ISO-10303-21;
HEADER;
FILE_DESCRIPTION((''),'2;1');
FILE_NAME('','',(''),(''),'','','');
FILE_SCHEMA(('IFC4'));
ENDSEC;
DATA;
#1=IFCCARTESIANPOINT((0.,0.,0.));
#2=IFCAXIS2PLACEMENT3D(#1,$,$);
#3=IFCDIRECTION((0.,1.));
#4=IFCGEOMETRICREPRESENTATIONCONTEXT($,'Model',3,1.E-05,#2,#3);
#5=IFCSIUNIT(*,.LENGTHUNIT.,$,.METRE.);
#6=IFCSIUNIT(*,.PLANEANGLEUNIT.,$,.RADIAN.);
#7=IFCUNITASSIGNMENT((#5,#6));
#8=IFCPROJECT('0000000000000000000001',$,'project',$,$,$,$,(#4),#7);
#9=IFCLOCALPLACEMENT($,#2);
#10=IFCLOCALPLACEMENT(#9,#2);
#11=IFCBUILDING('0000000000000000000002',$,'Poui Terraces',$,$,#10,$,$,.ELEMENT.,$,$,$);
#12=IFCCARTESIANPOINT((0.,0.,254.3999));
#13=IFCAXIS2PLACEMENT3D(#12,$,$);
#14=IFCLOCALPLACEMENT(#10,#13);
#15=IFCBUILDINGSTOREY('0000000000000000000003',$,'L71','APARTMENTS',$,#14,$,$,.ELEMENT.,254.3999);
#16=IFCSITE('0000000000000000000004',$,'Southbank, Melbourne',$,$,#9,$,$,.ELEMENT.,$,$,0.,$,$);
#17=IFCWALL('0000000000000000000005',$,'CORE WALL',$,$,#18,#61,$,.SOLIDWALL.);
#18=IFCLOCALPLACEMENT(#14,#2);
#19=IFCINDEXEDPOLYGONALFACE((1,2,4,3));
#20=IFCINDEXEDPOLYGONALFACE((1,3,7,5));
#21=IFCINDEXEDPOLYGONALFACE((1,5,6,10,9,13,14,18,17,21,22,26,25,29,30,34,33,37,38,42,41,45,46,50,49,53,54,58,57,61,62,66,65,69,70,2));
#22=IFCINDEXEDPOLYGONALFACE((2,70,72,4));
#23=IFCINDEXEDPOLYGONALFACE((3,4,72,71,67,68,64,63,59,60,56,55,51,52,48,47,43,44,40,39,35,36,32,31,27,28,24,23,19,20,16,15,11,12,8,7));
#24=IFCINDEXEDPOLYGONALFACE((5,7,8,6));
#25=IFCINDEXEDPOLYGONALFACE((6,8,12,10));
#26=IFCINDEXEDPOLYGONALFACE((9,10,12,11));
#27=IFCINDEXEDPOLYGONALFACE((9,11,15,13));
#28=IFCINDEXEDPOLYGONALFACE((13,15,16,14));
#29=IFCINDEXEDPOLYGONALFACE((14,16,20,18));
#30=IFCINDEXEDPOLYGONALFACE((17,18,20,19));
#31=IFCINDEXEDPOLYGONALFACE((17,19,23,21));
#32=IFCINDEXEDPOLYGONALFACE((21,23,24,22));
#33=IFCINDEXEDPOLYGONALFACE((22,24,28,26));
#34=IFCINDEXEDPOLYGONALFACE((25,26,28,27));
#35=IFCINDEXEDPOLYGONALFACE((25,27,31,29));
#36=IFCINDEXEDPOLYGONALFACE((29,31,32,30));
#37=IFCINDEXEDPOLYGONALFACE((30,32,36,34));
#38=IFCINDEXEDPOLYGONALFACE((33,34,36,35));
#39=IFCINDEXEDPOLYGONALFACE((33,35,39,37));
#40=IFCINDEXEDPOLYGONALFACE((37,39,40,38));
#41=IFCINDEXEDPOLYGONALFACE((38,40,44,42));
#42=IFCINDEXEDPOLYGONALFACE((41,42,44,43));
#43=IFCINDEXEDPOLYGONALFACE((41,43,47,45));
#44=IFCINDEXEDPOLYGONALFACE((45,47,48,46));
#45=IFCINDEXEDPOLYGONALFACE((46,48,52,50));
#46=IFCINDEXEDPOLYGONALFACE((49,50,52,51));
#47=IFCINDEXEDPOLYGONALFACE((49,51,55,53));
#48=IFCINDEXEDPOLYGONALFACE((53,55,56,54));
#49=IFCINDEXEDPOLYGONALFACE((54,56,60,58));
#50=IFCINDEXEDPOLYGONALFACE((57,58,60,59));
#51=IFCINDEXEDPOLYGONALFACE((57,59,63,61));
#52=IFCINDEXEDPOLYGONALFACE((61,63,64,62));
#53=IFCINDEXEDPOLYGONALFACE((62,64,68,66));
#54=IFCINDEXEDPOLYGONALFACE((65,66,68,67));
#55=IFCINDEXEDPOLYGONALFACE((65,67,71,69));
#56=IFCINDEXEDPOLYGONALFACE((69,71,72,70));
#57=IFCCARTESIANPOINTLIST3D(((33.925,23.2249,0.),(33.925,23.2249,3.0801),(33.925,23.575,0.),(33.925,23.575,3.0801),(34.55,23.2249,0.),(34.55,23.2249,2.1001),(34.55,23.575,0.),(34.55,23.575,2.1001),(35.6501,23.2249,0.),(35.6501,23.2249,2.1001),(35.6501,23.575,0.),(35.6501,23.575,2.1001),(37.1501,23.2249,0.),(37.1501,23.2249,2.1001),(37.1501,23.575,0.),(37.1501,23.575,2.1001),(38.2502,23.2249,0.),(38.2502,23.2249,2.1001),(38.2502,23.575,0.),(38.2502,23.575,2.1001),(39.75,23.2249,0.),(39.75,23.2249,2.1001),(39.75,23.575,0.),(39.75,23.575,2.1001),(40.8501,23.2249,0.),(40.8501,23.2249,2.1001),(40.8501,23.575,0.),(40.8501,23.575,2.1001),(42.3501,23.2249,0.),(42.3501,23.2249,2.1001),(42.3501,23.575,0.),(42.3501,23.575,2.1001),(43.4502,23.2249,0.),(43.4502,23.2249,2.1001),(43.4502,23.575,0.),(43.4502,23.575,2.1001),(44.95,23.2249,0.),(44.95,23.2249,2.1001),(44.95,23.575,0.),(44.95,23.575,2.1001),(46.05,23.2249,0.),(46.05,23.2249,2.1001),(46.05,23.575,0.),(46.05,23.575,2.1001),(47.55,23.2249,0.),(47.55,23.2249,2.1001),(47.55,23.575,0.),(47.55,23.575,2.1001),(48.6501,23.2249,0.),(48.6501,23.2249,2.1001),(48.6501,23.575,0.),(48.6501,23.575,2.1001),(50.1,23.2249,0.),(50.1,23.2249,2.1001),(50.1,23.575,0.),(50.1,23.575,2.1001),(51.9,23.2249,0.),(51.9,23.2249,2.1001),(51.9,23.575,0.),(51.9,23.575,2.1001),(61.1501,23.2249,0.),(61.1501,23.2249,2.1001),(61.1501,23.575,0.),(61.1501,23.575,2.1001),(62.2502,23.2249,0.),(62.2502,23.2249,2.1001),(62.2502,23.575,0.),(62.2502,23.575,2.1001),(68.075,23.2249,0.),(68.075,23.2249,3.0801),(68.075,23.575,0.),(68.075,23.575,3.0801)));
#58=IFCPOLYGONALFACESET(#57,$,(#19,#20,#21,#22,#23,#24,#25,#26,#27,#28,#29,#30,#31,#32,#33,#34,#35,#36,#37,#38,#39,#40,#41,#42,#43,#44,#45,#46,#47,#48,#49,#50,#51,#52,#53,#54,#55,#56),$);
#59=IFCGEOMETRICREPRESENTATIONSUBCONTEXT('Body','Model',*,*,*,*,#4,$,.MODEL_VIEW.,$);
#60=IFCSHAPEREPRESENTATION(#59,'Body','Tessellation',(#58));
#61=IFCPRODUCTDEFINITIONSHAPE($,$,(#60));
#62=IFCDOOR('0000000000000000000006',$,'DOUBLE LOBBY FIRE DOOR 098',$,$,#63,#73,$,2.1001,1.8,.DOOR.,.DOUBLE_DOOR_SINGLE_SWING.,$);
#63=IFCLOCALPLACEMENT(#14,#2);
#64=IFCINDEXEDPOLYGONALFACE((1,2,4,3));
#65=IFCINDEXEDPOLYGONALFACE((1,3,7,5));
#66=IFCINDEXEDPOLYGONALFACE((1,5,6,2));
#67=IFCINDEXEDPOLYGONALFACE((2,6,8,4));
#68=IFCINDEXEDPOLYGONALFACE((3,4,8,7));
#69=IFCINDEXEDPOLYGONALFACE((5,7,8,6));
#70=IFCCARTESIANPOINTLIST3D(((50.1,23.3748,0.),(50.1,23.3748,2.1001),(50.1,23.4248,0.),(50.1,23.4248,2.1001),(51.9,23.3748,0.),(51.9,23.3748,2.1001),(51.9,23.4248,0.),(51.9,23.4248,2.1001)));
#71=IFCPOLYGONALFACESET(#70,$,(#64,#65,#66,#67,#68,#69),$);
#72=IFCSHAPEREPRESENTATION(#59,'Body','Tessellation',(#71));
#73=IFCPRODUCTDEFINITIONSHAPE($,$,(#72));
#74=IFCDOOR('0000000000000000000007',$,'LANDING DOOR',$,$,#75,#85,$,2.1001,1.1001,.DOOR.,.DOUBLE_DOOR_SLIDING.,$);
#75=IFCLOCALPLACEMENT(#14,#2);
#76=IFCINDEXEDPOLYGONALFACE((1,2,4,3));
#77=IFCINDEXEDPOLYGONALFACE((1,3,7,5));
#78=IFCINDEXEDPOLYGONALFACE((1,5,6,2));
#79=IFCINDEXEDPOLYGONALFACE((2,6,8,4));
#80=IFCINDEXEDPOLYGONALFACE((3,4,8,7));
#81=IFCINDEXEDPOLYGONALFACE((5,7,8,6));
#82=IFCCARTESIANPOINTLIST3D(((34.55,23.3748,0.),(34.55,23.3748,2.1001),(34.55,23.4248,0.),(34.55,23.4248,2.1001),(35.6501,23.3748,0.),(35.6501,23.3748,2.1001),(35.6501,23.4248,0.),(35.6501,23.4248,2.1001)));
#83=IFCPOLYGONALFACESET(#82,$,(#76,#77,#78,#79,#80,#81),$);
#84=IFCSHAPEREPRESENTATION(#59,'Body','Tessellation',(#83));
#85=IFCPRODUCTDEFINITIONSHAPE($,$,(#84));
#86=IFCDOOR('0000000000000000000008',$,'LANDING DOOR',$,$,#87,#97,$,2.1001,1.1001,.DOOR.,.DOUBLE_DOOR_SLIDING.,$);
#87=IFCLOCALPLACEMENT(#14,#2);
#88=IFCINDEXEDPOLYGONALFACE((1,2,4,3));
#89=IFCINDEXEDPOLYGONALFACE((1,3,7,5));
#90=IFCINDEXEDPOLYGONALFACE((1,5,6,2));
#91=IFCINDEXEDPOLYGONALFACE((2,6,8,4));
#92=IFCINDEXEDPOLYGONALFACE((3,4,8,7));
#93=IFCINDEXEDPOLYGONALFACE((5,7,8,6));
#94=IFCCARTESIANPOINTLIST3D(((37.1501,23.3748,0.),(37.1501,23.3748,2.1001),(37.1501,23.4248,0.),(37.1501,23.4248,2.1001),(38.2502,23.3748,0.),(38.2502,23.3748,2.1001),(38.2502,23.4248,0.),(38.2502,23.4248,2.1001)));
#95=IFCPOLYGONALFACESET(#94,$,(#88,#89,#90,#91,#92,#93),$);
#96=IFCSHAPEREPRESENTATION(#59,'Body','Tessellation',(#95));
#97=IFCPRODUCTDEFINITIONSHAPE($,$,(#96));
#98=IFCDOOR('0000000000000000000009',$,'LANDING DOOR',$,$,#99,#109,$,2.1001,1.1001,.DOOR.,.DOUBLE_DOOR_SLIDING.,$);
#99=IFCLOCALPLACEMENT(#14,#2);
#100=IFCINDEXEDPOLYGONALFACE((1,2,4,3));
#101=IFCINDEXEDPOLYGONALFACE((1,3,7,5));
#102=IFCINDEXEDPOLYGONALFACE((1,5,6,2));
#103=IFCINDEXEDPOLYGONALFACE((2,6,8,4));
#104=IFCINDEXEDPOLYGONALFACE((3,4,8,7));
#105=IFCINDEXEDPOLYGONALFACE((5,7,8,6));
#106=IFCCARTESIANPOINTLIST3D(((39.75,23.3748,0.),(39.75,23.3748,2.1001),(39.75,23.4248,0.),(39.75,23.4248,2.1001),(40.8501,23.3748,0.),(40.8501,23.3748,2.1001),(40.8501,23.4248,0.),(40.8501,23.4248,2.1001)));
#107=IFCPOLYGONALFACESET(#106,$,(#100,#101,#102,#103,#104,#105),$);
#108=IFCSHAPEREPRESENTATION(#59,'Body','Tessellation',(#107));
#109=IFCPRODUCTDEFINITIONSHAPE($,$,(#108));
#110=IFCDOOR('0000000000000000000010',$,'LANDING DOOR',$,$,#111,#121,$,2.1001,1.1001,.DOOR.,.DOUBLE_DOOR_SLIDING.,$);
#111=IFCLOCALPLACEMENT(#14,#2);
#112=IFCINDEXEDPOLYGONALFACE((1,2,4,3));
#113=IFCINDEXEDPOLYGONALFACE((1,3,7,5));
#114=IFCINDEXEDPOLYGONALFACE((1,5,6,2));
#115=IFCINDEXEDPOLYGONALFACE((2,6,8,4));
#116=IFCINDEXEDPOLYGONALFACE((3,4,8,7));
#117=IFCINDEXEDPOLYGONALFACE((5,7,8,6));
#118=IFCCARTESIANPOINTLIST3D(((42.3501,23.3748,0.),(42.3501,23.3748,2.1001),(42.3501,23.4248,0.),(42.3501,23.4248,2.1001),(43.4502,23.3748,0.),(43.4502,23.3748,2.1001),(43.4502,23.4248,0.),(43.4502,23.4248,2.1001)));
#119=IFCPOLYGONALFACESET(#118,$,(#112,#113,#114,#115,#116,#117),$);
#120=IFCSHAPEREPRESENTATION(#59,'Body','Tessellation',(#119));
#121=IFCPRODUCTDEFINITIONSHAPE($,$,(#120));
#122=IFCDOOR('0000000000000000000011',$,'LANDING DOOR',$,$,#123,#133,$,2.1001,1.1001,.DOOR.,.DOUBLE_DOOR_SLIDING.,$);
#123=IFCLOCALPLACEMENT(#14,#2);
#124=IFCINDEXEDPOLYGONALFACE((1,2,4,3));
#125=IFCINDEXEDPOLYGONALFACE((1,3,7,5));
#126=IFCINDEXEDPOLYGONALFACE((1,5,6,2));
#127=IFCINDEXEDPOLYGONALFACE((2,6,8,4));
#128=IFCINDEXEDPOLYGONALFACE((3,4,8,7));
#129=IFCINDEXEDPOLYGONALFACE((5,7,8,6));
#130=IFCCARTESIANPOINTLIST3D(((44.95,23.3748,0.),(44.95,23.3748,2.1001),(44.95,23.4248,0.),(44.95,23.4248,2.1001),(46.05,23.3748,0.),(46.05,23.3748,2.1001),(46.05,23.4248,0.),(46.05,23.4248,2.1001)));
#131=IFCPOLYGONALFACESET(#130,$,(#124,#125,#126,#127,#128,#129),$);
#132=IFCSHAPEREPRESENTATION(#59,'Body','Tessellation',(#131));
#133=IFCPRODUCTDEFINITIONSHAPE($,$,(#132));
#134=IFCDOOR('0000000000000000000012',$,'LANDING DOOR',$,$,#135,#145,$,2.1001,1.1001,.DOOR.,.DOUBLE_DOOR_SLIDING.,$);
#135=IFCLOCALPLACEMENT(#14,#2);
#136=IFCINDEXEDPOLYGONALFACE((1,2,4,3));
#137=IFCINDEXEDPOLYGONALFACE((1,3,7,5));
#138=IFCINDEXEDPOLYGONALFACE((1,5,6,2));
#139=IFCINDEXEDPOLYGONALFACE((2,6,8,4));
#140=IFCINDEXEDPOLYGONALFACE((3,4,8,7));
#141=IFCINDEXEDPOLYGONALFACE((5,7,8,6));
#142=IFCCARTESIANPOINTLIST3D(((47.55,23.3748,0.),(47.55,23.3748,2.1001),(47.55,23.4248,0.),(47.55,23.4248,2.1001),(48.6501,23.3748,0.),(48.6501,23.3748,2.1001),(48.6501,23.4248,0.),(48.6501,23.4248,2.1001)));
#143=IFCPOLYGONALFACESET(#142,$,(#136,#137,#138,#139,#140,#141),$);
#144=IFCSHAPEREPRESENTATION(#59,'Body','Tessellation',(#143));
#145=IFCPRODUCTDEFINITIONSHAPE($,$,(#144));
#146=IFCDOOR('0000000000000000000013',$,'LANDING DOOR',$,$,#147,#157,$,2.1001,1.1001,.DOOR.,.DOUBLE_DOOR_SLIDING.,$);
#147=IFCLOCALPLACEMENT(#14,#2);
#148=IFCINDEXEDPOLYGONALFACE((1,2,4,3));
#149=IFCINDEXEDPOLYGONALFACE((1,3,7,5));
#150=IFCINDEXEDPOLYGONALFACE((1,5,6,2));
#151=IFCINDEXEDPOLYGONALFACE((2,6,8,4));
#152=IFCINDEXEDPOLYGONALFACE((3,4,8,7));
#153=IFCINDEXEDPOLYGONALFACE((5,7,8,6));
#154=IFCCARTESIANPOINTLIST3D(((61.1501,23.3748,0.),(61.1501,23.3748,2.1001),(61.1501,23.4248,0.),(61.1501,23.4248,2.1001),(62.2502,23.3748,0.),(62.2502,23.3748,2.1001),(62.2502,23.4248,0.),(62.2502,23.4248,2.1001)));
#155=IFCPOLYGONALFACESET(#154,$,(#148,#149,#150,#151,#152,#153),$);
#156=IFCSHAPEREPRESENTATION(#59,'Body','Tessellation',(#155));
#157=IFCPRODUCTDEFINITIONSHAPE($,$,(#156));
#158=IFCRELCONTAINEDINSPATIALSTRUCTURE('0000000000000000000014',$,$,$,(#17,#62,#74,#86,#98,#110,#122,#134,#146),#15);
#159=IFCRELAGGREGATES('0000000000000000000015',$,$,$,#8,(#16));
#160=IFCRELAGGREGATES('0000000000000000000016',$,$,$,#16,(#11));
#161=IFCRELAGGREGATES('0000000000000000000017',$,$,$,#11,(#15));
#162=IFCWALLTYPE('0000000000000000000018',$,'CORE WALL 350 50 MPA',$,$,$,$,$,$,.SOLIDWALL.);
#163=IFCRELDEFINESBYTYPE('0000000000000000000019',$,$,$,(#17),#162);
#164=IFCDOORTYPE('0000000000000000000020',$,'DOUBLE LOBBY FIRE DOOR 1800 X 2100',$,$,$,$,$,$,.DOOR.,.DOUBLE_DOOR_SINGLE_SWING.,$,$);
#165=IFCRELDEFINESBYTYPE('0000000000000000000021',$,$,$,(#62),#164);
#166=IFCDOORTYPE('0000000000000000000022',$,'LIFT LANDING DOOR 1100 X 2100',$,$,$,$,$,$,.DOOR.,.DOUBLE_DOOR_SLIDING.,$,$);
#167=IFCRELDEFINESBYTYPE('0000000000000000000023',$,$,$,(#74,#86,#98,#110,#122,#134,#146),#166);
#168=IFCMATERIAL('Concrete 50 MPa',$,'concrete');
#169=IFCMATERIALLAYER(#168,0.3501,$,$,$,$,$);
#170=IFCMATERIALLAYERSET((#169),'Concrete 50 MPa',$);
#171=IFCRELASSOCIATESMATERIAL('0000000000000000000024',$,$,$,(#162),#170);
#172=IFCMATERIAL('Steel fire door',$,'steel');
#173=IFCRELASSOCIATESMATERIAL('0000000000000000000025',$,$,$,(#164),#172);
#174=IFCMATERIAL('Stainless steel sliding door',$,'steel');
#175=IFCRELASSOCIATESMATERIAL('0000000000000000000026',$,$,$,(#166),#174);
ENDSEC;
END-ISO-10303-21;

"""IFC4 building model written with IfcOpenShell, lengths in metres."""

from ifc_helpers import new_model, si_unit, direction, frame, frame_2d, origin, place, context, subcontext, project, spatial, rectangle, extrude, material, layer, layer_set, type_object, element, fill, save


model = new_model("IFC4")

# Units and contexts
model_context = context("Model", 3, precision=1e-05, world=origin(), true_north=direction((0.0, 1.0)))
body_context = subcontext(model_context, "Body", "Model", "MODEL_VIEW")
ifc_project = project(units=[si_unit("LENGTHUNIT", "METRE"), si_unit("PLANEANGLEUNIT", "RADIAN")], contexts=[model_context])

# Site, building, storey
site_placement = place(None, origin())
site = spatial("IfcSite", under=ifc_project, at=site_placement, Name="Southbank, Melbourne", CompositionType="ELEMENT", RefElevation=0.0)
building_placement = place(site_placement, origin())
building = spatial("IfcBuilding", under=site, at=building_placement, Name="Poui Terraces", CompositionType="ELEMENT")
storey_placement = place(building_placement, frame((0.0, 0.0, 254.3999)))
storey = spatial("IfcBuildingStorey", under=building, at=storey_placement, Name="L71", Description="APARTMENTS", CompositionType="ELEMENT", Elevation=254.3999)

# Shared definitions
ifc_material_1 = material(Name="Concrete 50 MPa", Category="concrete")

# Wall, openings, doors
ifc_layer_1 = layer(ifc_material_1, 0.3501)
ifc_layer_set_1 = layer_set([ifc_layer_1], Name="Concrete 50 MPa")
wall_type_1 = type_object("IfcWallType", Name="CORE WALL 350 50 MPA", PredefinedType="SOLIDWALL", material=ifc_layer_set_1)
wall_1_placement = place(storey_placement, frame((33.925, 23.3999, 0.0), z_axis=(0.0, 0.0, 1.0), x_axis=(1.0, 0.0, 0.0)))
wall_1 = element("IfcWall", 1, at=wall_1_placement, inside=storey, type_object=wall_type_1, Name="CORE WALL", PredefinedType="SOLIDWALL", context=body_context, shape_type="SweptSolid", body=[
    extrude(rectangle(XDim=34.1499, YDim=0.3501, at=frame_2d((17.075, 0.0))), origin(), (0.0, 0.0, 1.0), 3.0801),
])
opening_1_placement = place(wall_1_placement, frame((16.175, 0.0, 0.0)))
opening_1 = element("IfcOpeningElement", 2, at=opening_1_placement, cuts=wall_1, PredefinedType="OPENING", context=body_context, shape_type="SweptSolid", body=[
    extrude(rectangle(XDim=1.8, YDim=2.1001, at=frame_2d((0.8999, 1.05))), frame((0.0, 0.1851, 0.0), z_axis=(0.0, -1.0, 0.0), x_axis=(1.0, 0.0, 0.0)), (0.0, 0.0, 1.0), 0.3701),
])
opening_2_placement = place(wall_1_placement, frame((0.625, 0.0, 0.0)))
opening_2 = element("IfcOpeningElement", 3, at=opening_2_placement, cuts=wall_1, PredefinedType="OPENING", context=body_context, shape_type="SweptSolid", body=[
    extrude(rectangle(XDim=1.1001, YDim=2.1001, at=frame_2d((0.55, 1.05))), frame((0.0, 0.1851, 0.0), z_axis=(0.0, -1.0, 0.0), x_axis=(1.0, 0.0, 0.0)), (0.0, 0.0, 1.0), 0.3701),
])
opening_3_placement = place(wall_1_placement, frame((3.2251, 0.0, 0.0)))
opening_3 = element("IfcOpeningElement", 4, at=opening_3_placement, cuts=wall_1, PredefinedType="OPENING", context=body_context, shape_type="SweptSolid", body=[
    extrude(rectangle(XDim=1.1001, YDim=2.1001, at=frame_2d((0.55, 1.05))), frame((0.0, 0.1851, 0.0), z_axis=(0.0, -1.0, 0.0), x_axis=(1.0, 0.0, 0.0)), (0.0, 0.0, 1.0), 0.3701),
])
opening_4_placement = place(wall_1_placement, frame((5.825, 0.0, 0.0)))
opening_4 = element("IfcOpeningElement", 5, at=opening_4_placement, cuts=wall_1, PredefinedType="OPENING", context=body_context, shape_type="SweptSolid", body=[
    extrude(rectangle(XDim=1.1001, YDim=2.1001, at=frame_2d((0.55, 1.05))), frame((0.0, 0.1851, 0.0), z_axis=(0.0, -1.0, 0.0), x_axis=(1.0, 0.0, 0.0)), (0.0, 0.0, 1.0), 0.3701),
])
opening_5_placement = place(wall_1_placement, frame((8.425, 0.0, 0.0)))
opening_5 = element("IfcOpeningElement", 6, at=opening_5_placement, cuts=wall_1, PredefinedType="OPENING", context=body_context, shape_type="SweptSolid", body=[
    extrude(rectangle(XDim=1.1001, YDim=2.1001, at=frame_2d((0.55, 1.05))), frame((0.0, 0.1851, 0.0), z_axis=(0.0, -1.0, 0.0), x_axis=(1.0, 0.0, 0.0)), (0.0, 0.0, 1.0), 0.3701),
])
opening_6_placement = place(wall_1_placement, frame((11.0249, 0.0, 0.0)))
opening_6 = element("IfcOpeningElement", 7, at=opening_6_placement, cuts=wall_1, PredefinedType="OPENING", context=body_context, shape_type="SweptSolid", body=[
    extrude(rectangle(XDim=1.1001, YDim=2.1001, at=frame_2d((0.55, 1.05))), frame((0.0, 0.1851, 0.0), z_axis=(0.0, -1.0, 0.0), x_axis=(1.0, 0.0, 0.0)), (0.0, 0.0, 1.0), 0.3701),
])
opening_7_placement = place(wall_1_placement, frame((13.625, 0.0, 0.0)))
opening_7 = element("IfcOpeningElement", 8, at=opening_7_placement, cuts=wall_1, PredefinedType="OPENING", context=body_context, shape_type="SweptSolid", body=[
    extrude(rectangle(XDim=1.1001, YDim=2.1001, at=frame_2d((0.55, 1.05))), frame((0.0, 0.1851, 0.0), z_axis=(0.0, -1.0, 0.0), x_axis=(1.0, 0.0, 0.0)), (0.0, 0.0, 1.0), 0.3701),
])
opening_8_placement = place(wall_1_placement, frame((27.2251, 0.0, 0.0)))
opening_8 = element("IfcOpeningElement", 9, at=opening_8_placement, cuts=wall_1, PredefinedType="OPENING", context=body_context, shape_type="SweptSolid", body=[
    extrude(rectangle(XDim=1.1001, YDim=2.1001, at=frame_2d((0.55, 1.05))), frame((0.0, 0.1851, 0.0), z_axis=(0.0, -1.0, 0.0), x_axis=(1.0, 0.0, 0.0)), (0.0, 0.0, 1.0), 0.3701),
])
ifc_material_2 = material(Name="Steel fire door", Category="steel")
door_type_1 = type_object("IfcDoorType", Name="DOUBLE LOBBY FIRE DOOR 1800 X 2100", OperationType="DOUBLE_DOOR_SINGLE_SWING", PredefinedType="DOOR", material=ifc_material_2)
door_1_placement = place(opening_1_placement, origin())
door_1 = element("IfcDoor", 10, at=door_1_placement, inside=storey, type_object=door_type_1, Name="DOUBLE LOBBY FIRE DOOR 098", OperationType="DOUBLE_DOOR_SINGLE_SWING", OverallHeight=2.1001, OverallWidth=1.8, PredefinedType="DOOR", context=body_context, shape_type="SweptSolid", body=[
    extrude(rectangle(XDim=1.8, YDim=2.1001, at=frame_2d((0.8999, 1.05))), frame((0.0, 0.0249, 0.0), z_axis=(0.0, -1.0, 0.0), x_axis=(1.0, 0.0, 0.0)), (0.0, 0.0, 1.0), 0.05),
])
fill(opening_1, door_1)
ifc_material_3 = material(Name="Stainless steel sliding door", Category="steel")
door_type_2 = type_object("IfcDoorType", Name="LIFT LANDING DOOR 1100 X 2100", OperationType="DOUBLE_DOOR_SLIDING", PredefinedType="DOOR", material=ifc_material_3)
door_2_placement = place(opening_2_placement, origin())
door_2 = element("IfcDoor", 11, at=door_2_placement, inside=storey, type_object=door_type_2, Name="LANDING DOOR", OperationType="DOUBLE_DOOR_SLIDING", OverallHeight=2.1001, OverallWidth=1.1001, PredefinedType="DOOR", context=body_context, shape_type="SweptSolid", body=[
    extrude(rectangle(XDim=1.1001, YDim=2.1001, at=frame_2d((0.55, 1.05))), frame((0.0, 0.0249, 0.0), z_axis=(0.0, -1.0, 0.0), x_axis=(1.0, 0.0, 0.0)), (0.0, 0.0, 1.0), 0.05),
])
fill(opening_2, door_2)
door_3_placement = place(opening_3_placement, origin())
door_3 = element("IfcDoor", 12, at=door_3_placement, inside=storey, type_object=door_type_2, Name="LANDING DOOR", OperationType="DOUBLE_DOOR_SLIDING", OverallHeight=2.1001, OverallWidth=1.1001, PredefinedType="DOOR", context=body_context, shape_type="SweptSolid", body=[
    extrude(rectangle(XDim=1.1001, YDim=2.1001, at=frame_2d((0.55, 1.05))), frame((0.0, 0.0249, 0.0), z_axis=(0.0, -1.0, 0.0), x_axis=(1.0, 0.0, 0.0)), (0.0, 0.0, 1.0), 0.05),
])
fill(opening_3, door_3)
door_4_placement = place(opening_4_placement, origin())
door_4 = element("IfcDoor", 13, at=door_4_placement, inside=storey, type_object=door_type_2, Name="LANDING DOOR", OperationType="DOUBLE_DOOR_SLIDING", OverallHeight=2.1001, OverallWidth=1.1001, PredefinedType="DOOR", context=body_context, shape_type="SweptSolid", body=[
    extrude(rectangle(XDim=1.1001, YDim=2.1001, at=frame_2d((0.55, 1.05))), frame((0.0, 0.0249, 0.0), z_axis=(0.0, -1.0, 0.0), x_axis=(1.0, 0.0, 0.0)), (0.0, 0.0, 1.0), 0.05),
])
fill(opening_4, door_4)
door_5_placement = place(opening_5_placement, origin())
door_5 = element("IfcDoor", 14, at=door_5_placement, inside=storey, type_object=door_type_2, Name="LANDING DOOR", OperationType="DOUBLE_DOOR_SLIDING", OverallHeight=2.1001, OverallWidth=1.1001, PredefinedType="DOOR", context=body_context, shape_type="SweptSolid", body=[
    extrude(rectangle(XDim=1.1001, YDim=2.1001, at=frame_2d((0.55, 1.05))), frame((0.0, 0.0249, 0.0), z_axis=(0.0, -1.0, 0.0), x_axis=(1.0, 0.0, 0.0)), (0.0, 0.0, 1.0), 0.05),
])
fill(opening_5, door_5)
door_6_placement = place(opening_6_placement, origin())
door_6 = element("IfcDoor", 15, at=door_6_placement, inside=storey, type_object=door_type_2, Name="LANDING DOOR", OperationType="DOUBLE_DOOR_SLIDING", OverallHeight=2.1001, OverallWidth=1.1001, PredefinedType="DOOR", context=body_context, shape_type="SweptSolid", body=[
    extrude(rectangle(XDim=1.1001, YDim=2.1001, at=frame_2d((0.55, 1.05))), frame((0.0, 0.0249, 0.0), z_axis=(0.0, -1.0, 0.0), x_axis=(1.0, 0.0, 0.0)), (0.0, 0.0, 1.0), 0.05),
])
fill(opening_6, door_6)
door_7_placement = place(opening_7_placement, origin())
door_7 = element("IfcDoor", 16, at=door_7_placement, inside=storey, type_object=door_type_2, Name="LANDING DOOR", OperationType="DOUBLE_DOOR_SLIDING", OverallHeight=2.1001, OverallWidth=1.1001, PredefinedType="DOOR", context=body_context, shape_type="SweptSolid", body=[
    extrude(rectangle(XDim=1.1001, YDim=2.1001, at=frame_2d((0.55, 1.05))), frame((0.0, 0.0249, 0.0), z_axis=(0.0, -1.0, 0.0), x_axis=(1.0, 0.0, 0.0)), (0.0, 0.0, 1.0), 0.05),
])
fill(opening_7, door_7)
door_8_placement = place(opening_8_placement, origin())
door_8 = element("IfcDoor", 17, at=door_8_placement, inside=storey, type_object=door_type_2, Name="LANDING DOOR", OperationType="DOUBLE_DOOR_SLIDING", OverallHeight=2.1001, OverallWidth=1.1001, PredefinedType="DOOR", context=body_context, shape_type="SweptSolid", body=[
    extrude(rectangle(XDim=1.1001, YDim=2.1001, at=frame_2d((0.55, 1.05))), frame((0.0, 0.0249, 0.0), z_axis=(0.0, -1.0, 0.0), x_axis=(1.0, 0.0, 0.0)), (0.0, 0.0, 1.0), 0.05),
])
fill(opening_8, door_8)

save(model, "model.ifc")
